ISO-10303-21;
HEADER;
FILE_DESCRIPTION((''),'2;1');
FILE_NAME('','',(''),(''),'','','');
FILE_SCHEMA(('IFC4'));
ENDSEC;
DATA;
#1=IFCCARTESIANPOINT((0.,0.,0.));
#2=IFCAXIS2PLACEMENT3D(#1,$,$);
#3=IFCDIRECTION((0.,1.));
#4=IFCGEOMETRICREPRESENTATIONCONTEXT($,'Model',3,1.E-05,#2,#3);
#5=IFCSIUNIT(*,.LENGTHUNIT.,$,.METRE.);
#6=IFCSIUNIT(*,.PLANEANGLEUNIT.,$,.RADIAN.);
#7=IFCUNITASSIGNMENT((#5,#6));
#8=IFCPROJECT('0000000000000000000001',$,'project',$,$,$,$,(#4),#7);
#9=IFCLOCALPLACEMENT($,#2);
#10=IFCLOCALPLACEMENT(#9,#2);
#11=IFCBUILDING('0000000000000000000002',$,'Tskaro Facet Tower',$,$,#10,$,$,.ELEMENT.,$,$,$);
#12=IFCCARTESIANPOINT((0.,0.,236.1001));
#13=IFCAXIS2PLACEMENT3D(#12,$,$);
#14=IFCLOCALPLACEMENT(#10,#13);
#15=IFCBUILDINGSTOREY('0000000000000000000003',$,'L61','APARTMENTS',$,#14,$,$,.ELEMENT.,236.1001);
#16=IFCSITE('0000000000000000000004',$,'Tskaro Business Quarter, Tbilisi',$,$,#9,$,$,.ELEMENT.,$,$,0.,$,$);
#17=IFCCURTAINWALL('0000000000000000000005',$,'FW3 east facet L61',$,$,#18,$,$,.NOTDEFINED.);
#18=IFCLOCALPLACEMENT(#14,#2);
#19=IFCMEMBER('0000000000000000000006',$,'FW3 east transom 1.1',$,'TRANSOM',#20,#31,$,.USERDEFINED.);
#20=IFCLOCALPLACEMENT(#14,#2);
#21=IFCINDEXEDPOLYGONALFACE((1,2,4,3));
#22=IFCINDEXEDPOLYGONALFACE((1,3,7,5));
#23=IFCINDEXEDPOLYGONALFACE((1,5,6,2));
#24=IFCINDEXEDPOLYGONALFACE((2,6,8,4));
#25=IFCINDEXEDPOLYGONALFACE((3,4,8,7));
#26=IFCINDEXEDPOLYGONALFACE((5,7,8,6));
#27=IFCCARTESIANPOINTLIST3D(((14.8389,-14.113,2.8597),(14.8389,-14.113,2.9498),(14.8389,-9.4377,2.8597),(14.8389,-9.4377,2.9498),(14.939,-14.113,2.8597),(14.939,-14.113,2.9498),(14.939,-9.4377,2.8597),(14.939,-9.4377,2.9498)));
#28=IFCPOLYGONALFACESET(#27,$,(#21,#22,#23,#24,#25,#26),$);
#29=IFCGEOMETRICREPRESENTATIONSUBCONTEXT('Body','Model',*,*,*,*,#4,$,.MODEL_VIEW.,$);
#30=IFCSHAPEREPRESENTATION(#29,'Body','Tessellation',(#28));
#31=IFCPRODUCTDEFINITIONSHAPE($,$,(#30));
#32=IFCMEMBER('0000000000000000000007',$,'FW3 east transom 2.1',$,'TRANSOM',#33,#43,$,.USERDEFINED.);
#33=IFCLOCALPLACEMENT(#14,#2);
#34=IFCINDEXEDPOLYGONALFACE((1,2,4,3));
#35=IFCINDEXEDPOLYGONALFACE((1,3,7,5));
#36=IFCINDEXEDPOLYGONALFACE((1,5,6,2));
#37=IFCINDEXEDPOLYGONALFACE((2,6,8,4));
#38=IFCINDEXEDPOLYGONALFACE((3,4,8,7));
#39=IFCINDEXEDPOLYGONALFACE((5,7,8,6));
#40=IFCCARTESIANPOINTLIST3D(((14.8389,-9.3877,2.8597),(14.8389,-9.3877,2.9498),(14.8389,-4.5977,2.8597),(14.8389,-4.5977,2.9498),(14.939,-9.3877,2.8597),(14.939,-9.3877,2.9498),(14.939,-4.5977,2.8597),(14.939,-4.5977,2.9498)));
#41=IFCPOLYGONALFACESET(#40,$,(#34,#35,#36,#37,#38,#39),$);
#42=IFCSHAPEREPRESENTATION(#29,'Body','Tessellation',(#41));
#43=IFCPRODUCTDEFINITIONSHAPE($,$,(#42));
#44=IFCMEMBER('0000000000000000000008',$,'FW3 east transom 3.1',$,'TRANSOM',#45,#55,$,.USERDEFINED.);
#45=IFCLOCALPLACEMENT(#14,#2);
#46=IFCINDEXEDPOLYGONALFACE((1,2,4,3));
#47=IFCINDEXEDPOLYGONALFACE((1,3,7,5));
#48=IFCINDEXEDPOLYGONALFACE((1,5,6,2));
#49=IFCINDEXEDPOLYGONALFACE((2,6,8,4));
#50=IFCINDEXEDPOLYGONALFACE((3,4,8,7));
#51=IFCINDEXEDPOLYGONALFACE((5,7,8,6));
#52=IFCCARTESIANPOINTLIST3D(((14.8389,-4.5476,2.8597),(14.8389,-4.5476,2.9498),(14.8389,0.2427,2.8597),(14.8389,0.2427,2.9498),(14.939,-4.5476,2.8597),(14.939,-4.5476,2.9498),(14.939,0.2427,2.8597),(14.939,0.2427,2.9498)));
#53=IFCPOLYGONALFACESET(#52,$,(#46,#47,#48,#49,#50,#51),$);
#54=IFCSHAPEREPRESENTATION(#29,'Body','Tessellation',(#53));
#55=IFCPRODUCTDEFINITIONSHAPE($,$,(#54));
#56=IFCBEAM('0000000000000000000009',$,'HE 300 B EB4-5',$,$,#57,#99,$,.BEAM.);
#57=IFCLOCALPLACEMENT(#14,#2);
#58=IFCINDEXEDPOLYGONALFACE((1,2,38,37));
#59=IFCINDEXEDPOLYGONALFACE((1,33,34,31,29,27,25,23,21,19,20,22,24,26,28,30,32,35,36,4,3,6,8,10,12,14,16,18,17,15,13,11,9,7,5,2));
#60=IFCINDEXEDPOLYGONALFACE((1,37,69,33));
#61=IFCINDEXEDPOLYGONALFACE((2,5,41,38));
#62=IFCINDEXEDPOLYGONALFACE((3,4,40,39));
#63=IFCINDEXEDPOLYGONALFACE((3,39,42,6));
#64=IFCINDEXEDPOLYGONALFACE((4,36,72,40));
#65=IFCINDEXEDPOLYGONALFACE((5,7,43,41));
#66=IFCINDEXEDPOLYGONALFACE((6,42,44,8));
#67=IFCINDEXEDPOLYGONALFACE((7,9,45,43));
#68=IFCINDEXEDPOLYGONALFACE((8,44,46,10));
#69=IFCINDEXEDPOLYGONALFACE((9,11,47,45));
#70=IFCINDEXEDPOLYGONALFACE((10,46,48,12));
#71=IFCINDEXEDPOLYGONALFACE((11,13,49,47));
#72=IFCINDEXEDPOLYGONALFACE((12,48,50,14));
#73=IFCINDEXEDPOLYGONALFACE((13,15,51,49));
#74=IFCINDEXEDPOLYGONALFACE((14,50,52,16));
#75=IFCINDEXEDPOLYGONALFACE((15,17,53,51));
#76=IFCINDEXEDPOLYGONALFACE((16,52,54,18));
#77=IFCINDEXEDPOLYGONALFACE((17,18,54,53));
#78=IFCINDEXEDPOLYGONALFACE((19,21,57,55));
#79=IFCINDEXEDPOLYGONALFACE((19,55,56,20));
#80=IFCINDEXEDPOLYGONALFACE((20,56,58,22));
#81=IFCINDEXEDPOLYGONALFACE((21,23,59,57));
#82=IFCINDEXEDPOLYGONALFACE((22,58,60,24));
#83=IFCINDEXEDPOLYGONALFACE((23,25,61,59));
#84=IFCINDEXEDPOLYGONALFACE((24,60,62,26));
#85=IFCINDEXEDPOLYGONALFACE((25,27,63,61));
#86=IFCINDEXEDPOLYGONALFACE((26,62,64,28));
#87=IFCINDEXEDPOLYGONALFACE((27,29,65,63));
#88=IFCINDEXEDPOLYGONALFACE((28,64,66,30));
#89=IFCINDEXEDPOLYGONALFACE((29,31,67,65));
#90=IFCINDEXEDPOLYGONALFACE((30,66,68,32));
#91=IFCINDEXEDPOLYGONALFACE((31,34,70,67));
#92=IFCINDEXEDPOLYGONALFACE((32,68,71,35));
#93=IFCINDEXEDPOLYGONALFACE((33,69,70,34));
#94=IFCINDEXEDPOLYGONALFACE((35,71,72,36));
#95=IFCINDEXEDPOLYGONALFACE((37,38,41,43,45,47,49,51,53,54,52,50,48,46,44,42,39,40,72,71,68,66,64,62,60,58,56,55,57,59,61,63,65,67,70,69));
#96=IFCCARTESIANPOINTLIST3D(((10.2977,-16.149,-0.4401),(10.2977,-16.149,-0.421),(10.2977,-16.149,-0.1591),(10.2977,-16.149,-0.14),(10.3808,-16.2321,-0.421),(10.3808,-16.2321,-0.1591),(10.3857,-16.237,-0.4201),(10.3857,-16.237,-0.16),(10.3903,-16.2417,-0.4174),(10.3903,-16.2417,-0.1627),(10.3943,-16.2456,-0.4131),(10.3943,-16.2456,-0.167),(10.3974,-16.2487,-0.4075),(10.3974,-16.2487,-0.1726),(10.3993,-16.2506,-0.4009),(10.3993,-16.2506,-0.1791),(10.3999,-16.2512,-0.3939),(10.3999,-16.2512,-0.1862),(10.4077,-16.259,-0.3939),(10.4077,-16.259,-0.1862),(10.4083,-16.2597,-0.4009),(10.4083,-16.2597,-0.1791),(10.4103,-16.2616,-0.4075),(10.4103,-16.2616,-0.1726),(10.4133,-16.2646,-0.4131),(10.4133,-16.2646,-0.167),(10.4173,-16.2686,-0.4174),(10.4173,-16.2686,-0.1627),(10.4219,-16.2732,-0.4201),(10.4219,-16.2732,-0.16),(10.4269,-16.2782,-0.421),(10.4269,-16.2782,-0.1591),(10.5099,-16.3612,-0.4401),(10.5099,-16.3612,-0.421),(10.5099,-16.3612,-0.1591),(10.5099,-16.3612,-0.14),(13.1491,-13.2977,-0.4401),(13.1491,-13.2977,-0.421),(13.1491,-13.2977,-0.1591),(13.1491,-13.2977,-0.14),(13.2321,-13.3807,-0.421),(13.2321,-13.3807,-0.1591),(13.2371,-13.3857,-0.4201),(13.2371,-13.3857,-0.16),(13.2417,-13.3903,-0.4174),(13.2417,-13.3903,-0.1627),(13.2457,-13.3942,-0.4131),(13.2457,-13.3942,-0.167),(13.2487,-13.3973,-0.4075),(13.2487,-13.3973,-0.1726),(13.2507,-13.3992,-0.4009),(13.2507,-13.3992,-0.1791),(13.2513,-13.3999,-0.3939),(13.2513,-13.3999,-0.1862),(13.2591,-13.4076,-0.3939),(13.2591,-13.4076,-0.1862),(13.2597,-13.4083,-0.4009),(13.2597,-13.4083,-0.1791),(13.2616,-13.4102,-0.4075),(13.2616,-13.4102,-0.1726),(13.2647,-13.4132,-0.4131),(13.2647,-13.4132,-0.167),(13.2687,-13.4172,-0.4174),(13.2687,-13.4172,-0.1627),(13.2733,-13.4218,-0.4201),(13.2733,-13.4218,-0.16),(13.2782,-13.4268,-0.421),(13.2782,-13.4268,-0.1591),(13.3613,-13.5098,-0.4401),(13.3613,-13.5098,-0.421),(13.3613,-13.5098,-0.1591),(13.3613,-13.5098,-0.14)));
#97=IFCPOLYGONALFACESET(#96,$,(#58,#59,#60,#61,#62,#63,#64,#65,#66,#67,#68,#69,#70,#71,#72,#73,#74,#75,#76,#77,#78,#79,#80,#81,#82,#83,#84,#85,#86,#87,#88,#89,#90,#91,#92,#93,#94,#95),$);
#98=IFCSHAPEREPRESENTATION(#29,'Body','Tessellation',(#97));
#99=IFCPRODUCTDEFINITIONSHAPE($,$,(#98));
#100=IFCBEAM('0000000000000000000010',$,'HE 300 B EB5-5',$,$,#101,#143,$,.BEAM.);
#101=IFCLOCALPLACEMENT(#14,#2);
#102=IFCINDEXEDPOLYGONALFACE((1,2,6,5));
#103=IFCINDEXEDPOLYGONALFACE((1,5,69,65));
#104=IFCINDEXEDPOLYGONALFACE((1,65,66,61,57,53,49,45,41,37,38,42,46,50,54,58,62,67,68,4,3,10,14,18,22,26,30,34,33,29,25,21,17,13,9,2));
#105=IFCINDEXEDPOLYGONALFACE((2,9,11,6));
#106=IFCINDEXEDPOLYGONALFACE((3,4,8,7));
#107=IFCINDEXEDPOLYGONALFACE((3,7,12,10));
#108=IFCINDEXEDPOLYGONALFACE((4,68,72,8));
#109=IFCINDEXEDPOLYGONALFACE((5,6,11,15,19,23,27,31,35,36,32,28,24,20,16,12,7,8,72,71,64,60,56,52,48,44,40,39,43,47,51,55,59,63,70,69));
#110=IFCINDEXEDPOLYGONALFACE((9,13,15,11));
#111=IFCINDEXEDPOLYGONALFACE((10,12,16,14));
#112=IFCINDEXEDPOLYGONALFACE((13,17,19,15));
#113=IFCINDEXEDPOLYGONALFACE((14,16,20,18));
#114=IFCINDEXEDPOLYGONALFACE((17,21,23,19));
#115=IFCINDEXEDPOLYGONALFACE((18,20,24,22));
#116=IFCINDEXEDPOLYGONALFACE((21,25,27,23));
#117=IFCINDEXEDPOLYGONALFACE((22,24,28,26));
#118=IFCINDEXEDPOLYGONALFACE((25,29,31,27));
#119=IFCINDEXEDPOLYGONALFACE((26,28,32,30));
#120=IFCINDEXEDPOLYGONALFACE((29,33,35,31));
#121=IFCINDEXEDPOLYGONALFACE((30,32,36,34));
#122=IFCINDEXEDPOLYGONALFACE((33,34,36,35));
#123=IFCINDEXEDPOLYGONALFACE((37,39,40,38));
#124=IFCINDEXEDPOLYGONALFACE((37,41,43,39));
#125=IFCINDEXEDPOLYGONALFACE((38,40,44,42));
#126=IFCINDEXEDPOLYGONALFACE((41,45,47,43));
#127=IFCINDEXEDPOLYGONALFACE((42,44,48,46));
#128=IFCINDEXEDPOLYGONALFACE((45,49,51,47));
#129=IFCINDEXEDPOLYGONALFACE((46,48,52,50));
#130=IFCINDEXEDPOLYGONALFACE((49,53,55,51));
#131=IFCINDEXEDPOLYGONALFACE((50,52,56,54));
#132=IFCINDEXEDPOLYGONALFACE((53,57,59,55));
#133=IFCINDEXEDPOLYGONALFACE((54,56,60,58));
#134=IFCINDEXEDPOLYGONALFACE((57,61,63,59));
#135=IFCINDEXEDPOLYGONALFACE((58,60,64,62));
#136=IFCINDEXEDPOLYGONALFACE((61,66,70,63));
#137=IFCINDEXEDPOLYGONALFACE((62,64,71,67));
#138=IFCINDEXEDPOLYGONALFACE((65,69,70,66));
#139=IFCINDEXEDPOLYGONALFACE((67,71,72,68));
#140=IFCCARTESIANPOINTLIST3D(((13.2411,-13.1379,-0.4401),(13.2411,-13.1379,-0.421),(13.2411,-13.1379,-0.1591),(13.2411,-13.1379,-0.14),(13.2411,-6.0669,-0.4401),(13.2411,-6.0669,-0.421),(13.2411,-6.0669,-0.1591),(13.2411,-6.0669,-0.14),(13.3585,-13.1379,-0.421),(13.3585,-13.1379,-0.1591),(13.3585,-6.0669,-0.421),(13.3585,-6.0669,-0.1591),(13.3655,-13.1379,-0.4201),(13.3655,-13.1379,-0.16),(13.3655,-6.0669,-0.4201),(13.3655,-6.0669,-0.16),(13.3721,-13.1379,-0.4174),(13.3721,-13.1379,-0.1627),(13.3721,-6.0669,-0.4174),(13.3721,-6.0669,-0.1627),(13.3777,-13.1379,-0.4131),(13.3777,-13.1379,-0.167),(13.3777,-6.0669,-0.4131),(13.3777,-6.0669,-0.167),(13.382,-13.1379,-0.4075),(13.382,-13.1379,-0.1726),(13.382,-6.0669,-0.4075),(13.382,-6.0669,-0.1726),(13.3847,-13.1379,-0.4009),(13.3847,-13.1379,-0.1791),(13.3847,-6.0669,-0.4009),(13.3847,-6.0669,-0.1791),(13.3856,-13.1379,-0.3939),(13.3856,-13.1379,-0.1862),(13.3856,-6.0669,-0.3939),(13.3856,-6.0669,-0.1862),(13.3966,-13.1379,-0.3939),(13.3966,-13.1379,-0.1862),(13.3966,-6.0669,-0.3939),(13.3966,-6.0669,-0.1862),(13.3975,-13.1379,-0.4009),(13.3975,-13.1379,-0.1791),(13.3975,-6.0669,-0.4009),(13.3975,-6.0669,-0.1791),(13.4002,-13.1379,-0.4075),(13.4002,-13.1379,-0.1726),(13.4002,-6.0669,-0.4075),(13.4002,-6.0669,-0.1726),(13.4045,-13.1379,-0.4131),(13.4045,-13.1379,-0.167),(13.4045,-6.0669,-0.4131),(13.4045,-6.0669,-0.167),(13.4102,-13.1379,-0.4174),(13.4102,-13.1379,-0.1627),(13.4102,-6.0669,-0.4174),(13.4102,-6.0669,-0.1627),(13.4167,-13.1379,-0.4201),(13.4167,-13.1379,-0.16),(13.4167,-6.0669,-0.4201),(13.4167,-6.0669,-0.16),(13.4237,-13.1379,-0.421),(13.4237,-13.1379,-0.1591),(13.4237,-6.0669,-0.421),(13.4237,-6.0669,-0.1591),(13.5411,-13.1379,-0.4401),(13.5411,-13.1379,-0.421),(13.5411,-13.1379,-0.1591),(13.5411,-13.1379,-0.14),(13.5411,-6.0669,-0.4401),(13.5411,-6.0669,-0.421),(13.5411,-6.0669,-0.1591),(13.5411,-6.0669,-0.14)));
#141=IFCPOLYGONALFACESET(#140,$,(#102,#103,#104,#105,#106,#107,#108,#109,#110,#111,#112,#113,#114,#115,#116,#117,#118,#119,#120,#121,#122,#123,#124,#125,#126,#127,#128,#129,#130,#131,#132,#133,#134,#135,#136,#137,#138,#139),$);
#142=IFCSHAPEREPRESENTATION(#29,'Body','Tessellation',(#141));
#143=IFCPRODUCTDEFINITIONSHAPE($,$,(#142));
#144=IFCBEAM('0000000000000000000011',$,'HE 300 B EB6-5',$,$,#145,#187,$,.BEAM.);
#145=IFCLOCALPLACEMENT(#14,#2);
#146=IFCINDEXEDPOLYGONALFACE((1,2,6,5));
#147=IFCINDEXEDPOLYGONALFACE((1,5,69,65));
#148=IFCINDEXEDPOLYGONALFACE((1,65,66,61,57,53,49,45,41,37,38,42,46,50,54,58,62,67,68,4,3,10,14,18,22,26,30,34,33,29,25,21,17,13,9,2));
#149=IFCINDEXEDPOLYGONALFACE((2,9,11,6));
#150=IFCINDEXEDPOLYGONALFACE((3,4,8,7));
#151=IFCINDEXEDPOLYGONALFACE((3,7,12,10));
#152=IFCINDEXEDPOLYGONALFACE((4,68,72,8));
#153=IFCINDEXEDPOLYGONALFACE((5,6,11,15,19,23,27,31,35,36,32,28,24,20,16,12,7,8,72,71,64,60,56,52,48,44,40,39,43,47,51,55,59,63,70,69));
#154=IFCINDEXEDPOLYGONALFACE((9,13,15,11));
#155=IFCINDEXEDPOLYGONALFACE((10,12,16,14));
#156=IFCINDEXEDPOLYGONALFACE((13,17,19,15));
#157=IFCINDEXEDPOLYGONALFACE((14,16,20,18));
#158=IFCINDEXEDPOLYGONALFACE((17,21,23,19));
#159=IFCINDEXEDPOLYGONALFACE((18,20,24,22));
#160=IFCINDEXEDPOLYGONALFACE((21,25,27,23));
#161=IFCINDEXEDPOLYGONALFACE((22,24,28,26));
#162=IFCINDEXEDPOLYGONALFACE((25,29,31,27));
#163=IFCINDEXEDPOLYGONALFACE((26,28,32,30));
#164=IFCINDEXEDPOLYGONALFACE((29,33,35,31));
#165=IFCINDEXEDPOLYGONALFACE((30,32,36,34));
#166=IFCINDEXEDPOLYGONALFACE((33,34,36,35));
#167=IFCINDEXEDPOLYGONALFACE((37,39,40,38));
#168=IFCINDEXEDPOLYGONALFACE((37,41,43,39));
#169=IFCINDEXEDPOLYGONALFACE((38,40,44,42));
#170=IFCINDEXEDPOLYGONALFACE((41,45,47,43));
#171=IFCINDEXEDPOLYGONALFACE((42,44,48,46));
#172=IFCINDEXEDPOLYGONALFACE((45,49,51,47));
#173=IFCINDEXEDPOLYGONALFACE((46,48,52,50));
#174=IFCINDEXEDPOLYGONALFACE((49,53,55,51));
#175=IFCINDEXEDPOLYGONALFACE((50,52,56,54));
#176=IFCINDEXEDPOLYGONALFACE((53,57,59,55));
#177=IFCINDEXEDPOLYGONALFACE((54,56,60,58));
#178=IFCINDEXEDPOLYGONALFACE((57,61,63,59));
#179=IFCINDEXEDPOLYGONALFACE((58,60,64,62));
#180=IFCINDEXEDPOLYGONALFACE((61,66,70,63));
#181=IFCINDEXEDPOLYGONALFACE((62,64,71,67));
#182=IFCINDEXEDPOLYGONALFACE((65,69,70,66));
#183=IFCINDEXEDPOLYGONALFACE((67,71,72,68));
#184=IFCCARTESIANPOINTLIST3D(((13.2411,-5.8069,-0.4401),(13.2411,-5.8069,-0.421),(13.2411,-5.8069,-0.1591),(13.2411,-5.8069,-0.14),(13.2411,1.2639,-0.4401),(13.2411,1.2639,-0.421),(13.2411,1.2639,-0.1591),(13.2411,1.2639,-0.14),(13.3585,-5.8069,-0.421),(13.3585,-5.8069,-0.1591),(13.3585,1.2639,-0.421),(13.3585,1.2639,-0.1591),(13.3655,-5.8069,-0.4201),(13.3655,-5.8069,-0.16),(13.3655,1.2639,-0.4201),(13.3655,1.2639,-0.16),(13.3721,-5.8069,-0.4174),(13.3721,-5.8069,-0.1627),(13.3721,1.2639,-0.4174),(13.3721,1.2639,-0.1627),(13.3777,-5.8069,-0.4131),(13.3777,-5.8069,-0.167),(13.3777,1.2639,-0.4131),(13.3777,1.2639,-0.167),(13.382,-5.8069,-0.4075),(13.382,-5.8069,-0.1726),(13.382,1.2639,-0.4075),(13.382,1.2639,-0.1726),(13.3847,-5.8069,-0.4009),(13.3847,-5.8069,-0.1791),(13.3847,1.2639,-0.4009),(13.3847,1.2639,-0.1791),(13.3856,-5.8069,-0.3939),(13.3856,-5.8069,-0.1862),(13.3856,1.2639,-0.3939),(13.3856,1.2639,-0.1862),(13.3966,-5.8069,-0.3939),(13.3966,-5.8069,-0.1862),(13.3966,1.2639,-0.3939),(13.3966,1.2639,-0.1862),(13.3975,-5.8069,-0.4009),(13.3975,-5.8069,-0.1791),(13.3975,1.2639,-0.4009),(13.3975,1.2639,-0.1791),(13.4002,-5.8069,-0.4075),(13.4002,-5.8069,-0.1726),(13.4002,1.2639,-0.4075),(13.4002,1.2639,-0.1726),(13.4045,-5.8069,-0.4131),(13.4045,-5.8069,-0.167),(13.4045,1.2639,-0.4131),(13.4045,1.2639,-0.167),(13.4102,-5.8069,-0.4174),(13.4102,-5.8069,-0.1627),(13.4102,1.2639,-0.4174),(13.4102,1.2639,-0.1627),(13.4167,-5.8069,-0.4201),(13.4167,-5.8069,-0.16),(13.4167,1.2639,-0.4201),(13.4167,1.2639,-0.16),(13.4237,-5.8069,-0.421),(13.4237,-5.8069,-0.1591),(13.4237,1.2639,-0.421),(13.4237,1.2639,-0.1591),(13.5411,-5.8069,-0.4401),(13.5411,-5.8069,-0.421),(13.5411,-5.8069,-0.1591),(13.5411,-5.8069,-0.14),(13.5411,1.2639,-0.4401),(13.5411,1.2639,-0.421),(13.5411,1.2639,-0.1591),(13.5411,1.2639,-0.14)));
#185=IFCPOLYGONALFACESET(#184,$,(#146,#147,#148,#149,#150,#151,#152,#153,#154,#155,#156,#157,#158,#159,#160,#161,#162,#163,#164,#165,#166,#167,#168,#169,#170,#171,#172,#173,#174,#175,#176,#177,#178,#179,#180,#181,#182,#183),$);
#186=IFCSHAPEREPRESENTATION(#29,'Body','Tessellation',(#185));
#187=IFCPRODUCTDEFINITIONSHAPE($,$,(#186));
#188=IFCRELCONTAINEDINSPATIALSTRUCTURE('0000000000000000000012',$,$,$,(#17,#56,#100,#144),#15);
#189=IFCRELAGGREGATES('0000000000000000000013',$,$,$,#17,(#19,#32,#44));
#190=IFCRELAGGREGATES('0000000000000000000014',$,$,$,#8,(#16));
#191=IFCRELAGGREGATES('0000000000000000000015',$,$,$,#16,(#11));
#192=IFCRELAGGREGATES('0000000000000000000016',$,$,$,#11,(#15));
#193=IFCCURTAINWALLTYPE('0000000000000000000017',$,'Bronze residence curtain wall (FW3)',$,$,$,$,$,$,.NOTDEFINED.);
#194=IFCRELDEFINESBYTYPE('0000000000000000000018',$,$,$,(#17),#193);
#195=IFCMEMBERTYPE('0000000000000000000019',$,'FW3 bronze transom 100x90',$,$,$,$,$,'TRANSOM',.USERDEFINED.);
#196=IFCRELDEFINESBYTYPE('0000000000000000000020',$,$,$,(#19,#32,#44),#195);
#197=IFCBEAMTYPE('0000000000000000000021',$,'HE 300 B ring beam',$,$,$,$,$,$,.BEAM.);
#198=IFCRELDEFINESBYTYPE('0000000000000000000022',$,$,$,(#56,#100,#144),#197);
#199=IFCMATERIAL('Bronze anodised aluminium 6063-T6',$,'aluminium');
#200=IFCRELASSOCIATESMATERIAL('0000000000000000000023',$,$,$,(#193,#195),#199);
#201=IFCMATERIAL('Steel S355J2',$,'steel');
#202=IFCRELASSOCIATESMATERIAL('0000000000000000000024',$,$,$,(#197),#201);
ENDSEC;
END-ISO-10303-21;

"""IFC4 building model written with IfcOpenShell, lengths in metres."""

from ifc_helpers import new_model, si_unit, direction, frame, origin, origin_2d, place, context, subcontext, project, spatial, rectangle, i_section, extrude, material, material_profile, profile_set, type_object, element, aggregate, save


model = new_model("IFC4")

# Units and contexts
model_context = context("Model", 3, precision=1e-05, world=origin(), true_north=direction((0.0, 1.0)))
body_context = subcontext(model_context, "Body", "Model", "MODEL_VIEW")
ifc_project = project(units=[si_unit("LENGTHUNIT", "METRE"), si_unit("PLANEANGLEUNIT", "RADIAN")], contexts=[model_context])

# Site, building, storey
site_placement = place(None, origin())
site = spatial("IfcSite", under=ifc_project, at=site_placement, Name="Tskaro Business Quarter, Tbilisi", CompositionType="ELEMENT", RefElevation=0.0)
building_placement = place(site_placement, origin())
building = spatial("IfcBuilding", under=site, at=building_placement, Name="Tskaro Facet Tower", CompositionType="ELEMENT")
storey_placement = place(building_placement, frame((0.0, 0.0, 236.1001)))
storey = spatial("IfcBuildingStorey", under=building, at=storey_placement, Name="L61", Description="APARTMENTS", CompositionType="ELEMENT", Elevation=236.1001)

# Shared definitions
ifc_material_1 = material(Name="Steel S355J2", Category="steel")

# Shared definitions
ifc_material_2 = material(Name="Bronze anodised aluminium 6063-T6", Category="aluminium")
curtain_wall_type = type_object("IfcCurtainWallType", Name="Bronze residence curtain wall (FW3)", PredefinedType="NOTDEFINED", material=ifc_material_2)

# Curtain wall
curtain_wall_1_placement = place(storey_placement, origin())
curtain_wall_1 = element("IfcCurtainWall", 1, at=curtain_wall_1_placement, inside=storey, type_object=curtain_wall_type, Name="FW3 east facet L61", PredefinedType="NOTDEFINED")

# Members
ifc_material_profile_1 = material_profile(ifc_material_2, rectangle(XDim=0.1001, YDim=0.0901, at=origin_2d()), Name="Transom 100x90")
ifc_profile_set_1 = profile_set([ifc_material_profile_1], Name="Bronze anodised aluminium 6063-T6")
member_type_1 = type_object("IfcMemberType", Name="FW3 bronze transom 100x90", ElementType="TRANSOM", PredefinedType="USERDEFINED", material=ifc_profile_set_1)
member_1_placement = place(storey_placement, frame((14.8889, -14.113, 2.9048), z_axis=(0.0, 1.0, 0.0), x_axis=(-1.0, 0.0, 0.0)))
member_1 = element("IfcMember", 2, at=member_1_placement, type_object=member_type_1, Name="FW3 east transom 1.1", ObjectType="TRANSOM", PredefinedType="USERDEFINED", context=body_context, shape_type="SweptSolid", body=[
    extrude(rectangle(XDim=0.1001, YDim=0.0901, at=origin_2d()), origin(), (0.0, 0.0, 1.0), 4.6753),
])
member_2_placement = place(storey_placement, frame((14.8889, -9.3877, 2.9048), z_axis=(0.0, 1.0, 0.0), x_axis=(-1.0, 0.0, 0.0)))
member_2 = element("IfcMember", 3, at=member_2_placement, type_object=member_type_1, Name="FW3 east transom 2.1", ObjectType="TRANSOM", PredefinedType="USERDEFINED", context=body_context, shape_type="SweptSolid", body=[
    extrude(rectangle(XDim=0.1001, YDim=0.0901, at=origin_2d()), origin(), (0.0, 0.0, 1.0), 4.79),
])
member_3_placement = place(storey_placement, frame((14.8889, -4.5476, 2.9048), z_axis=(0.0, 1.0, 0.0), x_axis=(-1.0, 0.0, 0.0)))
member_3 = element("IfcMember", 4, at=member_3_placement, type_object=member_type_1, Name="FW3 east transom 3.1", ObjectType="TRANSOM", PredefinedType="USERDEFINED", context=body_context, shape_type="SweptSolid", body=[
    extrude(rectangle(XDim=0.1001, YDim=0.0901, at=origin_2d()), origin(), (0.0, 0.0, 1.0), 4.7903),
])

# Beams
ifc_material_profile_2 = material_profile(ifc_material_1, i_section(OverallWidth=0.3, OverallDepth=0.3, WebThickness=0.011, FlangeThickness=0.019, FilletRadius=0.0271, at=origin_2d()), Name="HE 300 B")
ifc_profile_set_2 = profile_set([ifc_material_profile_2], Name="Steel S355J2")
beam_type_1 = type_object("IfcBeamType", Name="HE 300 B ring beam", PredefinedType="BEAM", material=ifc_profile_set_2)
beam_1_placement = place(storey_placement, frame((10.4038, -16.2551, -0.29), z_axis=(0.707107, 0.707107, 0.0), x_axis=(-0.707107, 0.707107, 0.0)))
element("IfcBeam", 5, at=beam_1_placement, inside=storey, type_object=beam_type_1, Name="HE 300 B EB4-5", PredefinedType="BEAM", context=body_context, shape_type="SweptSolid", body=[
    extrude(i_section(OverallWidth=0.3, OverallDepth=0.3, WebThickness=0.011, FlangeThickness=0.019, FilletRadius=0.0271, at=origin_2d()), origin(), (0.0, 0.0, 1.0), 4.0325),
])
beam_2_placement = place(storey_placement, frame((13.3911, -13.1379, -0.29), z_axis=(0.0, 1.0, 0.0), x_axis=(-1.0, 0.0, 0.0)))
element("IfcBeam", 6, at=beam_2_placement, inside=storey, type_object=beam_type_1, Name="HE 300 B EB5-5", PredefinedType="BEAM", context=body_context, shape_type="SweptSolid", body=[
    extrude(i_section(OverallWidth=0.3, OverallDepth=0.3, WebThickness=0.011, FlangeThickness=0.019, FilletRadius=0.0271, at=origin_2d()), origin(), (0.0, 0.0, 1.0), 7.071),
])
beam_3_placement = place(storey_placement, frame((13.3911, -5.8069, -0.29), z_axis=(0.0, 1.0, 0.0), x_axis=(-1.0, 0.0, 0.0)))
element("IfcBeam", 7, at=beam_3_placement, inside=storey, type_object=beam_type_1, Name="HE 300 B EB6-5", PredefinedType="BEAM", context=body_context, shape_type="SweptSolid", body=[
    extrude(i_section(OverallWidth=0.3, OverallDepth=0.3, WebThickness=0.011, FlangeThickness=0.019, FilletRadius=0.0271, at=origin_2d()), origin(), (0.0, 0.0, 1.0), 7.0708),
])

aggregate(curtain_wall_1, [member_1, member_2, member_3])

save(model, "model.ifc")
